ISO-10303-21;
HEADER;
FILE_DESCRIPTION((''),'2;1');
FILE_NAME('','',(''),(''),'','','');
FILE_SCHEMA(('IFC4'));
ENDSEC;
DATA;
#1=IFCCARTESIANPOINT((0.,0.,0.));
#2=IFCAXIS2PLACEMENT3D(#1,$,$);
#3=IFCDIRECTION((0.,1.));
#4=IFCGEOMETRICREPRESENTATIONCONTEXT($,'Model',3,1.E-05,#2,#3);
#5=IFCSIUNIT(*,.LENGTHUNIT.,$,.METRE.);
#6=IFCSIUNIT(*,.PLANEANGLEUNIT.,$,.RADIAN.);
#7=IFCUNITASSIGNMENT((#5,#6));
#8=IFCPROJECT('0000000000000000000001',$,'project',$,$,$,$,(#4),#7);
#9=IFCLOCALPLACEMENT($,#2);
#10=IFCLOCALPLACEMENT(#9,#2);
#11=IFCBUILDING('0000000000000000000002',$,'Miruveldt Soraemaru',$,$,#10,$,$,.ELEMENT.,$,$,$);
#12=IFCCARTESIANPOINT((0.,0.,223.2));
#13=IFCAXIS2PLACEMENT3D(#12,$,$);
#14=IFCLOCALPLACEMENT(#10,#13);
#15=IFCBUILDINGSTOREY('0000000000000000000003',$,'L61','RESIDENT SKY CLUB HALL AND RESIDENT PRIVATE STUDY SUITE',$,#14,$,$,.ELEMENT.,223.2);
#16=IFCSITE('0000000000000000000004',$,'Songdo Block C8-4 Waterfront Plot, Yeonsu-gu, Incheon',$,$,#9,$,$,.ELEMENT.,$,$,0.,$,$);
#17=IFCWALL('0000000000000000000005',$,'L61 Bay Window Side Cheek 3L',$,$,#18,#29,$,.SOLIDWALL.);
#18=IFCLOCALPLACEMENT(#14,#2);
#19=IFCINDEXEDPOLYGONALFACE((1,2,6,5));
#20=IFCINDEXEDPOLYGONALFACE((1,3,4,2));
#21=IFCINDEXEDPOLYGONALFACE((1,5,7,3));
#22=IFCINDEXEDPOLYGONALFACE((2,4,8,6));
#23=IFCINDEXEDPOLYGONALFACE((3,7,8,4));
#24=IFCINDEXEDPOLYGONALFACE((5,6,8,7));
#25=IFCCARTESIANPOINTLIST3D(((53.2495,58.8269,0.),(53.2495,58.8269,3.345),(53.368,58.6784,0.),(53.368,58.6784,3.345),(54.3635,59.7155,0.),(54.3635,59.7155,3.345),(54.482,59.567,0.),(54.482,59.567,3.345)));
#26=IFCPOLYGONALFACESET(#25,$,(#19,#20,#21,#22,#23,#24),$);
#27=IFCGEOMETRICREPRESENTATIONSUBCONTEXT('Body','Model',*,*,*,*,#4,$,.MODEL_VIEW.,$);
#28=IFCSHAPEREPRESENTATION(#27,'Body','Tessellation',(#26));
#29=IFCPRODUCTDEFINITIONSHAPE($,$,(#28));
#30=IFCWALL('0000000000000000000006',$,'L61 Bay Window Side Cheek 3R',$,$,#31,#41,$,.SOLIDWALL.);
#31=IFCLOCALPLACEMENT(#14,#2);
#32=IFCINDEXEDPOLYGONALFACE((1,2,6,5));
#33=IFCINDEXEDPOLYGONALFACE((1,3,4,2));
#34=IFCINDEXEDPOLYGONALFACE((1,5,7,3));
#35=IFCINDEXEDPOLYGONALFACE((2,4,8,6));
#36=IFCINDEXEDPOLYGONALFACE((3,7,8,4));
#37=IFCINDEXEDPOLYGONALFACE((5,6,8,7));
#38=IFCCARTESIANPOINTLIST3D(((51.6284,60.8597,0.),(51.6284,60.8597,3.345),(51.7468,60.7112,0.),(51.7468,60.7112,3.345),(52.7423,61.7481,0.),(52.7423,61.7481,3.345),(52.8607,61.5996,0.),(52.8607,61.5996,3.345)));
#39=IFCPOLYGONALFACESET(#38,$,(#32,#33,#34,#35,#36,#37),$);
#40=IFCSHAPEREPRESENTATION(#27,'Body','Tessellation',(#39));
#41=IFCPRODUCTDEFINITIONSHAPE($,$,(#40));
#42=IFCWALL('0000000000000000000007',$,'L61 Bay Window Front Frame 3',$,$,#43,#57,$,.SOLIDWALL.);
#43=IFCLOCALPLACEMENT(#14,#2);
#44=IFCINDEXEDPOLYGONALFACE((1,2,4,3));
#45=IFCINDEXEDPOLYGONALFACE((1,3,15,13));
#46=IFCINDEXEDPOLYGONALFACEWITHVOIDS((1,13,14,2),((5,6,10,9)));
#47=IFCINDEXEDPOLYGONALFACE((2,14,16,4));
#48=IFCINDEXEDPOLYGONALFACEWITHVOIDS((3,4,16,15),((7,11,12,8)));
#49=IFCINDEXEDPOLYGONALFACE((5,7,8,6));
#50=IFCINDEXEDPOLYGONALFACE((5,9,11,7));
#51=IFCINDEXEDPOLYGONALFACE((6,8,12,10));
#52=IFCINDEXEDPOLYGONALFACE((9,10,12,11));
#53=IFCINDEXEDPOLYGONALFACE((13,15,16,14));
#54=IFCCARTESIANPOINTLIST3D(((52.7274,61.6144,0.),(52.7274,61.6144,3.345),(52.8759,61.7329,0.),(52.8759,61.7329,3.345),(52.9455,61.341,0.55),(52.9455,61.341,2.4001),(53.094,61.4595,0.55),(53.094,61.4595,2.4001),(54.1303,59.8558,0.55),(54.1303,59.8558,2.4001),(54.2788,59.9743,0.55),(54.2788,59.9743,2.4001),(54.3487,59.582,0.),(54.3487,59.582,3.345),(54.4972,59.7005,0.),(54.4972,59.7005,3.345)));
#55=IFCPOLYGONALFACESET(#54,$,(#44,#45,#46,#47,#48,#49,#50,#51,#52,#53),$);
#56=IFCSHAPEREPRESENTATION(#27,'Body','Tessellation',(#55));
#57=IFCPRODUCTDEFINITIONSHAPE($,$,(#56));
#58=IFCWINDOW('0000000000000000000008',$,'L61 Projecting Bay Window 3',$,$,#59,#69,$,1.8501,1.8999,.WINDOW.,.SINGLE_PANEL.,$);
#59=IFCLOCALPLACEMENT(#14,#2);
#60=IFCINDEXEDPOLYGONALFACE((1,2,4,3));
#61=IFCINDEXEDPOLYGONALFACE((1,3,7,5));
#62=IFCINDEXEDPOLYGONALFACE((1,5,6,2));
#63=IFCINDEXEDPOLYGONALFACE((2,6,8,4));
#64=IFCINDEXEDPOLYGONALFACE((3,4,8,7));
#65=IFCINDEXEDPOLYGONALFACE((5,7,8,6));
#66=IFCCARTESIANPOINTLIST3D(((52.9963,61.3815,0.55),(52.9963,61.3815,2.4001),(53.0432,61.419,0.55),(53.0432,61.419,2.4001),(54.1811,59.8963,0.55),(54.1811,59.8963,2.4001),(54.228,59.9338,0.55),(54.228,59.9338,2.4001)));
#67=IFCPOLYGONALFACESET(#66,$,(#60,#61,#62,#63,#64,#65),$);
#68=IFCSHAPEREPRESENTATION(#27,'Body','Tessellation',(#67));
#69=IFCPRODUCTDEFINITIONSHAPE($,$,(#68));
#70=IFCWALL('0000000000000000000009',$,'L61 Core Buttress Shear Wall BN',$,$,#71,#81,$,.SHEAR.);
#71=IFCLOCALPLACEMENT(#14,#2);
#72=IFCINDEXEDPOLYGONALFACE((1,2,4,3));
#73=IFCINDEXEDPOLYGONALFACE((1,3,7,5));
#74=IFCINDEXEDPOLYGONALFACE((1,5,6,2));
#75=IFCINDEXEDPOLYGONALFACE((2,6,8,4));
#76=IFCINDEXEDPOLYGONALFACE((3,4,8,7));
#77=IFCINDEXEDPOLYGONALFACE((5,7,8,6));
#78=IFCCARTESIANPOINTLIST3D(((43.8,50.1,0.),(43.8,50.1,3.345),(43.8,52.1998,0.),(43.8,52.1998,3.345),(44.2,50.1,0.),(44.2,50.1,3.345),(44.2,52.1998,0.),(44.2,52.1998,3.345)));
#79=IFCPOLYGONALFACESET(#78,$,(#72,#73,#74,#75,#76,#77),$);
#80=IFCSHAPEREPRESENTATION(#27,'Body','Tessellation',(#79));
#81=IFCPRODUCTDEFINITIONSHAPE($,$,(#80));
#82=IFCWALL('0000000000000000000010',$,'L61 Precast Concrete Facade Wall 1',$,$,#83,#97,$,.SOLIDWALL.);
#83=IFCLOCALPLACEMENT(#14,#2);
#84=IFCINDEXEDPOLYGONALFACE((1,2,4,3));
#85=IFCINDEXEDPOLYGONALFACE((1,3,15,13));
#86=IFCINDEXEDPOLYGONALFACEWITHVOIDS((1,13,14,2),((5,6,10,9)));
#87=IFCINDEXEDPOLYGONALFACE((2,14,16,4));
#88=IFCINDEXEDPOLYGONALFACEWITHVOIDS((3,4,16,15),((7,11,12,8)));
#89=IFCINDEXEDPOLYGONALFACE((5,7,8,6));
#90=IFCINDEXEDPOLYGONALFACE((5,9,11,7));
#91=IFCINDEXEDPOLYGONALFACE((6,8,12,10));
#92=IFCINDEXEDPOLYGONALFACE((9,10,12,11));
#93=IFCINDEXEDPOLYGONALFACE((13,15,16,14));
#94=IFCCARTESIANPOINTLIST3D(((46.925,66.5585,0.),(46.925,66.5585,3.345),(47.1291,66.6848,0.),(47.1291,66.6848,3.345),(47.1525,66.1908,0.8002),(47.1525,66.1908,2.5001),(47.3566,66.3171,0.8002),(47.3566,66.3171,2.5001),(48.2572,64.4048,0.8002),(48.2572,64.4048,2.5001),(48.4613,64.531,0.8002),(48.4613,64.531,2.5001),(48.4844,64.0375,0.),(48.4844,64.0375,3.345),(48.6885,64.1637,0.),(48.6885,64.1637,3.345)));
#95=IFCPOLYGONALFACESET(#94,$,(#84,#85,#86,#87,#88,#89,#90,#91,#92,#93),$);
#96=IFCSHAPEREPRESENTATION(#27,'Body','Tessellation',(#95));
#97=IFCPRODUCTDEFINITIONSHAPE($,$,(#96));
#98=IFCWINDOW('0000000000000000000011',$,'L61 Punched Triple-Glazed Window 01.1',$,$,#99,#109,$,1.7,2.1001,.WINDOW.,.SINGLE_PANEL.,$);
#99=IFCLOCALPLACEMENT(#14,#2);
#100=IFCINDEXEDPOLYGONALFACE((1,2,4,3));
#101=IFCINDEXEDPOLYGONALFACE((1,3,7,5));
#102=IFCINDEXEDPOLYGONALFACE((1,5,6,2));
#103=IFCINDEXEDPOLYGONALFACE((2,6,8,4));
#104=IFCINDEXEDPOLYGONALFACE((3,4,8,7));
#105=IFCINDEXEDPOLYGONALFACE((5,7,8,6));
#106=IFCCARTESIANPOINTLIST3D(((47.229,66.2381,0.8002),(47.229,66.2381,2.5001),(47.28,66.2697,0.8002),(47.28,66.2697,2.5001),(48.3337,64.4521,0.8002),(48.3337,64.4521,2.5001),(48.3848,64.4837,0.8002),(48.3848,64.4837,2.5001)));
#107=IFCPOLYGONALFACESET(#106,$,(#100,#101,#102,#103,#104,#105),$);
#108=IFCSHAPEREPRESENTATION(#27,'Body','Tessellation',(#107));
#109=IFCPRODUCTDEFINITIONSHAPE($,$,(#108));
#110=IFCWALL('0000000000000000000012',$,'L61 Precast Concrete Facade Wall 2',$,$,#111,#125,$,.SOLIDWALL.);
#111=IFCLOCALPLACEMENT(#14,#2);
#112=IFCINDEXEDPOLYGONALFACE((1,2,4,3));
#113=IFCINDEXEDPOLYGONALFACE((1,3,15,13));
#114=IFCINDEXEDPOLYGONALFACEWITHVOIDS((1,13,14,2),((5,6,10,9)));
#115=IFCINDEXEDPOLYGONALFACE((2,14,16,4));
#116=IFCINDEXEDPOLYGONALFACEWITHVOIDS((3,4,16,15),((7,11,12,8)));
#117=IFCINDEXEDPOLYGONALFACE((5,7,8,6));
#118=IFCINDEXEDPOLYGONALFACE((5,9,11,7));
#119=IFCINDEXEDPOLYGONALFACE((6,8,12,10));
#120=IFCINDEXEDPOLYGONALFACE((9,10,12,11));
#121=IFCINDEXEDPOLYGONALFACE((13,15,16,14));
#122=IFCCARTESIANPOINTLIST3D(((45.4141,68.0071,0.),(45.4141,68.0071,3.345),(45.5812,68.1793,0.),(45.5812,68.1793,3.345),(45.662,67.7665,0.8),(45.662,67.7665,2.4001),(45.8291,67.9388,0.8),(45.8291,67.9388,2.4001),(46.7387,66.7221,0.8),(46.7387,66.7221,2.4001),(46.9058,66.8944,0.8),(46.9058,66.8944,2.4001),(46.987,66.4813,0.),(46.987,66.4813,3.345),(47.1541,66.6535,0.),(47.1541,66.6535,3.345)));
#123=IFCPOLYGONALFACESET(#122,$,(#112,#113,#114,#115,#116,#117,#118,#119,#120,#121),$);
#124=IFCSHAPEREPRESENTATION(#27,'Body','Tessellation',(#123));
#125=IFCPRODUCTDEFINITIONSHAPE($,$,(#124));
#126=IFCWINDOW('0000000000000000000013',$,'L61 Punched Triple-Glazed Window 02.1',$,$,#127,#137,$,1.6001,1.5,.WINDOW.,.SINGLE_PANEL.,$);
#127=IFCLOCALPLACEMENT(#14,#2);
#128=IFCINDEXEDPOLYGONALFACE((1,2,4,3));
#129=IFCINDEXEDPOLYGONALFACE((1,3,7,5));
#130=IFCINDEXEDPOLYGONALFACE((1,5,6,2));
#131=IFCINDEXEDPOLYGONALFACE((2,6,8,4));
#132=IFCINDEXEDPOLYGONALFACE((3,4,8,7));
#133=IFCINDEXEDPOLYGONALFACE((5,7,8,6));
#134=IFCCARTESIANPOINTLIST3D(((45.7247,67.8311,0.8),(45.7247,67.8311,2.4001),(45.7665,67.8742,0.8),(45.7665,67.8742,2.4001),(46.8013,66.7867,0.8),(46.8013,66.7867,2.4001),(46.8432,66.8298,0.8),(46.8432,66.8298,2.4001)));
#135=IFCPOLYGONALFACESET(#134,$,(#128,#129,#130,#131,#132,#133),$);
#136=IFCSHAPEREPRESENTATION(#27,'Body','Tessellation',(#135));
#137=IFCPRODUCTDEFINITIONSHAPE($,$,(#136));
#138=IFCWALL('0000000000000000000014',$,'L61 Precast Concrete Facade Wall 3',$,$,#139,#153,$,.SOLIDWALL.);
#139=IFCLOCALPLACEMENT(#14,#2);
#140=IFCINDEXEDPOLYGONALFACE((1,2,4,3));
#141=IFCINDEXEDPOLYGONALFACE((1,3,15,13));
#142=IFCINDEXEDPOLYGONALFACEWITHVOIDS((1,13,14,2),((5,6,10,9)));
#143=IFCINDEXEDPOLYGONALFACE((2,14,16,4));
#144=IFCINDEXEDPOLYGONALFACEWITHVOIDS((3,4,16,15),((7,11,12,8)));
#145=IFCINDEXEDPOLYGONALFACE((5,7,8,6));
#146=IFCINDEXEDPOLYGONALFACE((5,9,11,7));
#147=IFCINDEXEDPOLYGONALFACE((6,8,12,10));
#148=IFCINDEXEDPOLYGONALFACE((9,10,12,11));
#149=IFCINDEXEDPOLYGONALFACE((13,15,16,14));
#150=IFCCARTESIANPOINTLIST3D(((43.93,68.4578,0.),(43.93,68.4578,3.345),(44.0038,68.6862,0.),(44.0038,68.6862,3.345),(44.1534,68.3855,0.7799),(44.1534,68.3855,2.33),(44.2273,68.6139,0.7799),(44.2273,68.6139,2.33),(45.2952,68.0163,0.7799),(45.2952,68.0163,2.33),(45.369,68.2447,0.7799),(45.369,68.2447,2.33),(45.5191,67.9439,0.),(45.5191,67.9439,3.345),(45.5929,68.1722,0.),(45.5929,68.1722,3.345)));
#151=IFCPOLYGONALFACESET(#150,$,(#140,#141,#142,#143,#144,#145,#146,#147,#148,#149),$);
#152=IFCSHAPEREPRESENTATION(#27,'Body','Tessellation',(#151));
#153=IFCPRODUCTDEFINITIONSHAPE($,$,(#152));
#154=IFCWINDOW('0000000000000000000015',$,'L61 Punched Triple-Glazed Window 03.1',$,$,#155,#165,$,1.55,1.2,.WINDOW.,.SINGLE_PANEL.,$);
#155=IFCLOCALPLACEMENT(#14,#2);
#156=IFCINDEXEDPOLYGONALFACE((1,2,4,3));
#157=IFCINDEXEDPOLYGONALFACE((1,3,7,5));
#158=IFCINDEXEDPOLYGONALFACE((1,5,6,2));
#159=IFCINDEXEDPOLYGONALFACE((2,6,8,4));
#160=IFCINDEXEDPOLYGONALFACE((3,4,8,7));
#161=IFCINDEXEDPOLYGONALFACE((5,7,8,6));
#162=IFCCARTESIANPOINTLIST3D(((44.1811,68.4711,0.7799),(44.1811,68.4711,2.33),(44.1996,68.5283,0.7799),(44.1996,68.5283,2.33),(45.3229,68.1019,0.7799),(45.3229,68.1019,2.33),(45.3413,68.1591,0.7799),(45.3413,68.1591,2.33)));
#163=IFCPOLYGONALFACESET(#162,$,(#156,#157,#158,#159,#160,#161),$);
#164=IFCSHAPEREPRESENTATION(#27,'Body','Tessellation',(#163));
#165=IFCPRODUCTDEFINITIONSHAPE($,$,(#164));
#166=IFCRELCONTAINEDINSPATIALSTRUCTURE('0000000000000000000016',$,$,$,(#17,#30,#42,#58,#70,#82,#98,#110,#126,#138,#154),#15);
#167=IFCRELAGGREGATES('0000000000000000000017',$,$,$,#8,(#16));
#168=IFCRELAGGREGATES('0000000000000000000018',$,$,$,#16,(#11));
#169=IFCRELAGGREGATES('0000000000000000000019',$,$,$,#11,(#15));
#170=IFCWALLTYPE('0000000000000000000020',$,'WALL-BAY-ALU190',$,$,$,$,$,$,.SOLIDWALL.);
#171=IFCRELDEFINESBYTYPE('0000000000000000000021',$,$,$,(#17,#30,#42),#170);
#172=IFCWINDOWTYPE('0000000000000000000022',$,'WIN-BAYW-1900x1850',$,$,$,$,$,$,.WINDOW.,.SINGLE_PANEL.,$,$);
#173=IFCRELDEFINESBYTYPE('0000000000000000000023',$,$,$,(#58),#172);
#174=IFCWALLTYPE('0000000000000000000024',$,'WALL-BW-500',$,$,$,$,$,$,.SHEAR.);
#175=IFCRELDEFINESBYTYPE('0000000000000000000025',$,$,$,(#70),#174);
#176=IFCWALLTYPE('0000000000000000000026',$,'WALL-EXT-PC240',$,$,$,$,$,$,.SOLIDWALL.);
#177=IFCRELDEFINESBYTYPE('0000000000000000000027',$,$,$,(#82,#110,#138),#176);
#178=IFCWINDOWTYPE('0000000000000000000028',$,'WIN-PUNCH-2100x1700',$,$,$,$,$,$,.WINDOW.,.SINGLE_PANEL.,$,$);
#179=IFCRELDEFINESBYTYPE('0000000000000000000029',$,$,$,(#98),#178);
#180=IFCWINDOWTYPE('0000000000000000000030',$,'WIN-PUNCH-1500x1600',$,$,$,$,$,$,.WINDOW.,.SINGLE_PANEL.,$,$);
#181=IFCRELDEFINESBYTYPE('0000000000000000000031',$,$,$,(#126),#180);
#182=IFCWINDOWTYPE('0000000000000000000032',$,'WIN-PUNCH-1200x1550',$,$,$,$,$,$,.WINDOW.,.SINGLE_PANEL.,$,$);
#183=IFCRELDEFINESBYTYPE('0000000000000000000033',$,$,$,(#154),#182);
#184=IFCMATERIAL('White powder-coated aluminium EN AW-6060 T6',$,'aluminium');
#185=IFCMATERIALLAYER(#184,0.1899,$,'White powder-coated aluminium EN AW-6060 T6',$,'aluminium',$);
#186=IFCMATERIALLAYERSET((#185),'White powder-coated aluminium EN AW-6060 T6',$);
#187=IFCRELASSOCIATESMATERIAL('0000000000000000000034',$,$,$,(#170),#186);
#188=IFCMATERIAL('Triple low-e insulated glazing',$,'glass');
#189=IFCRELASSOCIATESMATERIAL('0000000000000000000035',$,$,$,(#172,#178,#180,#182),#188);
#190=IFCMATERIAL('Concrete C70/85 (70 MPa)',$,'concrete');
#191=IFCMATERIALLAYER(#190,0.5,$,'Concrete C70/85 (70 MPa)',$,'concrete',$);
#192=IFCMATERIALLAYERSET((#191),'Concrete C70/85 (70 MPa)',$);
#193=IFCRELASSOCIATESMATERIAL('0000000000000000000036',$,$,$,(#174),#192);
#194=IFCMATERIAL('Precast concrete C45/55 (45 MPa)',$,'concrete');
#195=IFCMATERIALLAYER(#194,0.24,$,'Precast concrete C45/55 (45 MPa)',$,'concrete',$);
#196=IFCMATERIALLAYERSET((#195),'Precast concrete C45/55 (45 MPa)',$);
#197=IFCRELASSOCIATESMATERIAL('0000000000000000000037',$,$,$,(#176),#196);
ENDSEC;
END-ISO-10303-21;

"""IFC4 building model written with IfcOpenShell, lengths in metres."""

from ifc_helpers import new_model, si_unit, direction, frame, frame_2d, origin, place, context, subcontext, project, spatial, rectangle, extrude, material, layer, layer_set, type_object, element, fill, save


model = new_model("IFC4")

# Units and contexts
model_context = context("Model", 3, precision=1e-05, world=origin(), true_north=direction((0.0, 1.0)))
body_context = subcontext(model_context, "Body", "Model", "MODEL_VIEW")
ifc_project = project(units=[si_unit("LENGTHUNIT", "METRE"), si_unit("PLANEANGLEUNIT", "RADIAN")], contexts=[model_context])

# Site, building, storey
site_placement = place(None, origin())
site = spatial("IfcSite", under=ifc_project, at=site_placement, Name="Songdo Block C8-4 Waterfront Plot, Yeonsu-gu, Incheon", CompositionType="ELEMENT", RefElevation=0.0)
building_placement = place(site_placement, origin())
building = spatial("IfcBuilding", under=site, at=building_placement, Name="Miruveldt Soraemaru", CompositionType="ELEMENT")
storey_placement = place(building_placement, frame((0.0, 0.0, 223.2)))
storey = spatial("IfcBuildingStorey", under=building, at=storey_placement, Name="L61", Description="RESIDENT SKY CLUB HALL AND RESIDENT PRIVATE STUDY SUITE", CompositionType="ELEMENT", Elevation=223.2)

# Walls
ifc_material_1 = material(Name="White powder-coated aluminium EN AW-6060 T6", Category="aluminium")
ifc_layer_1 = layer(ifc_material_1, 0.1899, Name="White powder-coated aluminium EN AW-6060 T6", Category="aluminium")
ifc_layer_set_1 = layer_set([ifc_layer_1], Name="White powder-coated aluminium EN AW-6060 T6")
wall_type_1 = type_object("IfcWallType", Name="WALL-BAY-ALU190", PredefinedType="SOLIDWALL", material=ifc_layer_set_1)
wall_1_placement = place(storey_placement, frame((53.3088, 58.7527, 0.0), z_axis=(0.0, 0.0, 1.0), x_axis=(0.781737, 0.623608, 0.0)))
element("IfcWall", 1, at=wall_1_placement, inside=storey, type_object=wall_type_1, Name="L61 Bay Window Side Cheek 3L", PredefinedType="SOLIDWALL", context=body_context, shape_type="SweptSolid", body=[
    extrude(rectangle(XDim=1.425, YDim=0.1899, at=frame_2d((0.7124, 0.0))), origin(), (0.0, 0.0, 1.0), 3.345),
])
wall_2_placement = place(storey_placement, frame((52.8015, 61.6738, 0.0), z_axis=(0.0, 0.0, 1.0), x_axis=(-0.781821, -0.623503, 0.0)))
element("IfcWall", 2, at=wall_2_placement, inside=storey, type_object=wall_type_1, Name="L61 Bay Window Side Cheek 3R", PredefinedType="SOLIDWALL", context=body_context, shape_type="SweptSolid", body=[
    extrude(rectangle(XDim=1.4248, YDim=0.1899, at=frame_2d((0.7124, 0.0))), origin(), (0.0, 0.0, 1.0), 3.345),
])

# Wall, opening, window
wall_3_placement = place(storey_placement, frame((54.4229, 59.6414, 0.0), z_axis=(0.0, 0.0, 1.0), x_axis=(-0.623607, 0.781738, 0.0)))
wall_3 = element("IfcWall", 3, at=wall_3_placement, inside=storey, type_object=wall_type_1, Name="L61 Bay Window Front Frame 3", PredefinedType="SOLIDWALL", context=body_context, shape_type="SweptSolid", body=[
    extrude(rectangle(XDim=2.5999, YDim=0.1899, at=frame_2d((1.2998, 0.0))), origin(), (0.0, 0.0, 1.0), 3.345),
])
opening_1_placement = place(wall_3_placement, frame((0.3501, 0.0, 0.55)))
opening_1 = element("IfcOpeningElement", 4, at=opening_1_placement, cuts=wall_3, PredefinedType="OPENING", context=body_context, shape_type="SweptSolid", body=[
    extrude(rectangle(XDim=1.8999, YDim=1.8501, at=frame_2d((0.95, 0.925))), frame((0.0, 0.105, 0.0), z_axis=(0.0, -1.0, 0.0), x_axis=(1.0, 0.0, 0.0)), (0.0, 0.0, 1.0), 0.21),
])
ifc_material_2 = material(Name="Triple low-e insulated glazing", Category="glass")
window_type_1 = type_object("IfcWindowType", Name="WIN-BAYW-1900x1850", PartitioningType="SINGLE_PANEL", PredefinedType="WINDOW", material=ifc_material_2)
window_1_placement = place(opening_1_placement, origin())
window_1 = element("IfcWindow", 5, at=window_1_placement, inside=storey, type_object=window_type_1, Name="L61 Projecting Bay Window 3", OverallHeight=1.8501, OverallWidth=1.8999, PartitioningType="SINGLE_PANEL", PredefinedType="WINDOW", context=body_context, shape_type="SweptSolid", body=[
    extrude(rectangle(XDim=1.8999, YDim=1.8501, at=frame_2d((0.95, 0.925))), frame((0.0, 0.03, 0.0), z_axis=(0.0, -1.0, 0.0), x_axis=(1.0, 0.0, 0.0)), (0.0, 0.0, 1.0), 0.0601),
])
fill(opening_1, window_1)

# Wall
ifc_material_3 = material(Name="Concrete C70/85 (70 MPa)", Category="concrete")
ifc_layer_2 = layer(ifc_material_3, 0.5, Name="Concrete C70/85 (70 MPa)", Category="concrete")
ifc_layer_set_2 = layer_set([ifc_layer_2], Name="Concrete C70/85 (70 MPa)")
wall_type_2 = type_object("IfcWallType", Name="WALL-BW-500", PredefinedType="SHEAR", material=ifc_layer_set_2)
wall_4_placement = place(storey_placement, frame((44.0, 50.1001, 0.0), z_axis=(0.0, 0.0, 1.0), x_axis=(0.0, 1.0, 0.0)))
element("IfcWall", 6, at=wall_4_placement, inside=storey, type_object=wall_type_2, Name="L61 Core Buttress Shear Wall BN", PredefinedType="SHEAR", context=body_context, shape_type="SweptSolid", body=[
    extrude(rectangle(XDim=2.0999, YDim=0.3999, at=frame_2d((1.0498, 0.0))), origin(), (0.0, 0.0, 1.0), 3.345),
])

# Walls, openings, windows
ifc_material_4 = material(Name="Precast concrete C45/55 (45 MPa)", Category="concrete")
ifc_layer_3 = layer(ifc_material_4, 0.24, Name="Precast concrete C45/55 (45 MPa)", Category="concrete")
ifc_layer_set_3 = layer_set([ifc_layer_3], Name="Precast concrete C45/55 (45 MPa)")
wall_type_3 = type_object("IfcWallType", Name="WALL-EXT-PC240", PredefinedType="SOLIDWALL", material=ifc_layer_set_3)
wall_5_placement = place(storey_placement, frame((48.5864, 64.1006, 0.0), z_axis=(0.0, 0.0, 1.0), x_axis=(-0.52604, 0.85046, 0.0)))
wall_5 = element("IfcWall", 7, at=wall_5_placement, inside=storey, type_object=wall_type_3, Name="L61 Precast Concrete Facade Wall 1", PredefinedType="SOLIDWALL", context=body_context, shape_type="SweptSolid", body=[
    extrude(rectangle(XDim=2.9644, YDim=0.24, at=frame_2d((1.4822, 0.0))), origin(), (0.0, 0.0, 1.0), 3.345),
])
opening_2_placement = place(wall_5_placement, frame((0.4319, 0.0, 0.8)))
opening_2 = element("IfcOpeningElement", 8, at=opening_2_placement, cuts=wall_5, PredefinedType="OPENING", context=body_context, shape_type="SweptSolid", body=[
    extrude(rectangle(XDim=2.1001, YDim=1.7, at=frame_2d((1.05, 0.8501))), frame((0.0, 0.1299, 0.0), z_axis=(0.0, -1.0, 0.0), x_axis=(1.0, 0.0, 0.0)), (0.0, 0.0, 1.0), 0.26),
])
window_type_2 = type_object("IfcWindowType", Name="WIN-PUNCH-2100x1700", PartitioningType="SINGLE_PANEL", PredefinedType="WINDOW", material=ifc_material_2)
window_2_placement = place(opening_2_placement, origin())
window_2 = element("IfcWindow", 9, at=window_2_placement, inside=storey, type_object=window_type_2, Name="L61 Punched Triple-Glazed Window 01.1", OverallHeight=1.7, OverallWidth=2.1001, PartitioningType="SINGLE_PANEL", PredefinedType="WINDOW", context=body_context, shape_type="SweptSolid", body=[
    extrude(rectangle(XDim=2.1001, YDim=1.7, at=frame_2d((1.05, 0.8501))), frame((0.0, 0.03, 0.0), z_axis=(0.0, -1.0, 0.0), x_axis=(1.0, 0.0, 0.0)), (0.0, 0.0, 1.0), 0.0601),
])
fill(opening_2, window_2)
wall_6_placement = place(storey_placement, frame((47.0706, 66.5674, 0.0), z_axis=(0.0, 0.0, 1.0), x_axis=(-0.717776, 0.696275, 0.0)))
wall_6 = element("IfcWall", 10, at=wall_6_placement, inside=storey, type_object=wall_type_3, Name="L61 Precast Concrete Facade Wall 2", PredefinedType="SOLIDWALL", context=body_context, shape_type="SweptSolid", body=[
    extrude(rectangle(XDim=2.1914, YDim=0.24, at=frame_2d((1.0957, 0.0))), origin(), (0.0, 0.0, 1.0), 3.345),
])
opening_3_placement = place(wall_6_placement, frame((0.3459, 0.0, 0.8)))
opening_3 = element("IfcOpeningElement", 11, at=opening_3_placement, cuts=wall_6, PredefinedType="OPENING", context=body_context, shape_type="SweptSolid", body=[
    extrude(rectangle(XDim=1.5, YDim=1.6001, at=frame_2d((0.75, 0.8))), frame((0.0, 0.1299, 0.0), z_axis=(0.0, -1.0, 0.0), x_axis=(1.0, 0.0, 0.0)), (0.0, 0.0, 1.0), 0.26),
])
window_type_3 = type_object("IfcWindowType", Name="WIN-PUNCH-1500x1600", PartitioningType="SINGLE_PANEL", PredefinedType="WINDOW", material=ifc_material_2)
window_3_placement = place(opening_3_placement, origin())
window_3 = element("IfcWindow", 12, at=window_3_placement, inside=storey, type_object=window_type_3, Name="L61 Punched Triple-Glazed Window 02.1", OverallHeight=1.6001, OverallWidth=1.5, PartitioningType="SINGLE_PANEL", PredefinedType="WINDOW", context=body_context, shape_type="SweptSolid", body=[
    extrude(rectangle(XDim=1.5, YDim=1.6001, at=frame_2d((0.75, 0.8))), frame((0.0, 0.03, 0.0), z_axis=(0.0, -1.0, 0.0), x_axis=(1.0, 0.0, 0.0)), (0.0, 0.0, 1.0), 0.0601),
])
fill(opening_3, window_3)
wall_7_placement = place(storey_placement, frame((45.5559, 68.0581, 0.0), z_axis=(0.0, 0.0, 1.0), x_axis=(-0.951481, 0.307707, 0.0)))
wall_7 = element("IfcWall", 13, at=wall_7_placement, inside=storey, type_object=wall_type_3, Name="L61 Precast Concrete Facade Wall 3", PredefinedType="SOLIDWALL", context=body_context, shape_type="SweptSolid", body=[
    extrude(rectangle(XDim=1.6702, YDim=0.24, at=frame_2d((0.835, 0.0))), origin(), (0.0, 0.0, 1.0), 3.345),
])
opening_4_placement = place(wall_7_placement, frame((0.2351, 0.0, 0.78)))
opening_4 = element("IfcOpeningElement", 14, at=opening_4_placement, cuts=wall_7, PredefinedType="OPENING", context=body_context, shape_type="SweptSolid", body=[
    extrude(rectangle(XDim=1.2, YDim=1.55, at=frame_2d((0.6001, 0.7749))), frame((0.0, 0.1299, 0.0), z_axis=(0.0, -1.0, 0.0), x_axis=(1.0, 0.0, 0.0)), (0.0, 0.0, 1.0), 0.26),
])
window_type_4 = type_object("IfcWindowType", Name="WIN-PUNCH-1200x1550", PartitioningType="SINGLE_PANEL", PredefinedType="WINDOW", material=ifc_material_2)
window_4_placement = place(opening_4_placement, origin())
window_4 = element("IfcWindow", 15, at=window_4_placement, inside=storey, type_object=window_type_4, Name="L61 Punched Triple-Glazed Window 03.1", OverallHeight=1.55, OverallWidth=1.2, PartitioningType="SINGLE_PANEL", PredefinedType="WINDOW", context=body_context, shape_type="SweptSolid", body=[
    extrude(rectangle(XDim=1.2, YDim=1.55, at=frame_2d((0.6001, 0.7749))), frame((0.0, 0.03, 0.0), z_axis=(0.0, -1.0, 0.0), x_axis=(1.0, 0.0, 0.0)), (0.0, 0.0, 1.0), 0.0601),
])
fill(opening_4, window_4)

save(model, "model.ifc")
